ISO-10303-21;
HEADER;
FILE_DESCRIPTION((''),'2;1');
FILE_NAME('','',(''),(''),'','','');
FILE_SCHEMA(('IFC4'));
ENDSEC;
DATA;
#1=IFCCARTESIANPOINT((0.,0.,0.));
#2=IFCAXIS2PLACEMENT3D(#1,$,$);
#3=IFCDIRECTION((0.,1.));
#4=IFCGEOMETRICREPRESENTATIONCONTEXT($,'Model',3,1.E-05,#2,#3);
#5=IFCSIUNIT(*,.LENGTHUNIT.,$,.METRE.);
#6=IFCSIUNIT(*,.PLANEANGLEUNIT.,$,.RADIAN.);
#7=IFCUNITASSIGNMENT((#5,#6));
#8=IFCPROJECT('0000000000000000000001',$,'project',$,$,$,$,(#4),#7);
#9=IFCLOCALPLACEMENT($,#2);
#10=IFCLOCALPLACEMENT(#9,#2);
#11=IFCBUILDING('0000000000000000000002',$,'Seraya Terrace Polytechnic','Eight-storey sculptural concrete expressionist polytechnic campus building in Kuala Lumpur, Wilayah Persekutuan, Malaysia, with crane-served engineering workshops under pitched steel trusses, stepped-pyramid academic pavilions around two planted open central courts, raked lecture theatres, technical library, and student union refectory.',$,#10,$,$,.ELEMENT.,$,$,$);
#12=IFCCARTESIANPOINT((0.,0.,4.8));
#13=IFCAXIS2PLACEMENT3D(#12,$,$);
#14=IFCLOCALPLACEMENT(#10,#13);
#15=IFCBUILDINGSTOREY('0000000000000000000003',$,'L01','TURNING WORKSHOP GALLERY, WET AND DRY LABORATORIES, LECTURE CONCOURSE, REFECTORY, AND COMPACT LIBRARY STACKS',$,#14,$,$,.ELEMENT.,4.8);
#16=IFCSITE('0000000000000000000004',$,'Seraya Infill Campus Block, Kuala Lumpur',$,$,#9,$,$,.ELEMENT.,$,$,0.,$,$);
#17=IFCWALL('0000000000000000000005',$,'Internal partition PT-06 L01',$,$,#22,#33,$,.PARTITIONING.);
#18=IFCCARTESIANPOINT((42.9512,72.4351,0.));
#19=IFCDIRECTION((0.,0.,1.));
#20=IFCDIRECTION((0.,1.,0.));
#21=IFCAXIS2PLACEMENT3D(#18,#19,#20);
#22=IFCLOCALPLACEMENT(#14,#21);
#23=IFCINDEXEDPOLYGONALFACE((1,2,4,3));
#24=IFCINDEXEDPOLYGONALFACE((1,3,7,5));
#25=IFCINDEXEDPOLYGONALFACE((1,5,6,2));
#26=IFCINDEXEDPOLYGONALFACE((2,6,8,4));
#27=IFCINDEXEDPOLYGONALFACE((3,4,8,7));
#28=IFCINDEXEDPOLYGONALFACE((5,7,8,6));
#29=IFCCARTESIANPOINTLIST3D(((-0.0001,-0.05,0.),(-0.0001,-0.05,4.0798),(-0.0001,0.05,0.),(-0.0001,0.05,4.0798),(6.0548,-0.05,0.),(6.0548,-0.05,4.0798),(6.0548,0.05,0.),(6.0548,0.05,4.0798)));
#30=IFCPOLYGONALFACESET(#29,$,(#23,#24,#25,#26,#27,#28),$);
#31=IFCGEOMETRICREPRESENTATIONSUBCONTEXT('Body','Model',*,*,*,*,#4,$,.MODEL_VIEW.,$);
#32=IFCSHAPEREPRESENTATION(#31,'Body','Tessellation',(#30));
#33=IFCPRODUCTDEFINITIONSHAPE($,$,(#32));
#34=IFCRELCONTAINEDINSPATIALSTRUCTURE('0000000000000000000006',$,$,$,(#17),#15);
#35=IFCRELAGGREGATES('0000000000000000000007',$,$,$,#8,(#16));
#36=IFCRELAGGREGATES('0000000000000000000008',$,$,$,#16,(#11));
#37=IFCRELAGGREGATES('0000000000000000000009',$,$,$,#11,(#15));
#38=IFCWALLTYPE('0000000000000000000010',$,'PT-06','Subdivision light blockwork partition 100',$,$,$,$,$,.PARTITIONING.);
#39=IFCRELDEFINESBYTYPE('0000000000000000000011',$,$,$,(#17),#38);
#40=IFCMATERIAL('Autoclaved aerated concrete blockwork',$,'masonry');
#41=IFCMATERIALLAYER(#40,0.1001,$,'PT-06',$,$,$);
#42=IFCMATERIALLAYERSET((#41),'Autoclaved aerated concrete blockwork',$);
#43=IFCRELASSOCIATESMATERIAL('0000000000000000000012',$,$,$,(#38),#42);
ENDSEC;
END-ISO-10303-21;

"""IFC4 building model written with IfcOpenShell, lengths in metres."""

from ifc_helpers import new_model, si_unit, direction, frame, frame_2d, origin, place, context, subcontext, project, spatial, rectangle, extrude, material, layer, layer_set, type_object, element, save


model = new_model("IFC4")

# Units and contexts
model_context = context("Model", 3, precision=1e-05, world=origin(), true_north=direction((0.0, 1.0)))
body_context = subcontext(model_context, "Body", "Model", "MODEL_VIEW")
ifc_project = project(units=[si_unit("LENGTHUNIT", "METRE"), si_unit("PLANEANGLEUNIT", "RADIAN")], contexts=[model_context])

# Site, building, storey
site_placement = place(None, origin())
site = spatial("IfcSite", under=ifc_project, at=site_placement, Name="Seraya Infill Campus Block, Kuala Lumpur", CompositionType="ELEMENT", RefElevation=0.0)
building_placement = place(site_placement, origin())
building = spatial("IfcBuilding", under=site, at=building_placement, Name="Seraya Terrace Polytechnic", Description="Eight-storey sculptural concrete expressionist polytechnic campus building in Kuala Lumpur, Wilayah Persekutuan, Malaysia, with crane-served engineering workshops under pitched steel trusses, stepped-pyramid academic pavilions around two planted open central courts, raked lecture theatres, technical library, and student union refectory.", CompositionType="ELEMENT")
storey_placement = place(building_placement, frame((0.0, 0.0, 4.8)))
storey = spatial("IfcBuildingStorey", under=building, at=storey_placement, Name="L01", Description="TURNING WORKSHOP GALLERY, WET AND DRY LABORATORIES, LECTURE CONCOURSE, REFECTORY, AND COMPACT LIBRARY STACKS", CompositionType="ELEMENT", Elevation=4.8)

# Shared definitions
ifc_material_1 = material(Name="Autoclaved aerated concrete blockwork", Category="masonry")

# Wall
ifc_layer_1 = layer(ifc_material_1, 0.1001, Name="PT-06")
ifc_layer_set_1 = layer_set([ifc_layer_1], Name="Autoclaved aerated concrete blockwork")
wall_type_1 = type_object("IfcWallType", Name="PT-06", Description="Subdivision light blockwork partition 100", PredefinedType="PARTITIONING", material=ifc_layer_set_1)
wall_1_placement = place(storey_placement, frame((42.9512, 72.4351, 0.0), z_axis=(0.0, 0.0, 1.0), x_axis=(0.0, 1.0, 0.0)))
element("IfcWall", 1, at=wall_1_placement, inside=storey, type_object=wall_type_1, Name="Internal partition PT-06 L01", PredefinedType="PARTITIONING", context=body_context, shape_type="SweptSolid", body=[
    extrude(rectangle(XDim=6.0549, YDim=0.1001, at=frame_2d((3.0273, 0.0))), origin(), (0.0, 0.0, 1.0), 4.0798),
])

save(model, "model.ifc")
